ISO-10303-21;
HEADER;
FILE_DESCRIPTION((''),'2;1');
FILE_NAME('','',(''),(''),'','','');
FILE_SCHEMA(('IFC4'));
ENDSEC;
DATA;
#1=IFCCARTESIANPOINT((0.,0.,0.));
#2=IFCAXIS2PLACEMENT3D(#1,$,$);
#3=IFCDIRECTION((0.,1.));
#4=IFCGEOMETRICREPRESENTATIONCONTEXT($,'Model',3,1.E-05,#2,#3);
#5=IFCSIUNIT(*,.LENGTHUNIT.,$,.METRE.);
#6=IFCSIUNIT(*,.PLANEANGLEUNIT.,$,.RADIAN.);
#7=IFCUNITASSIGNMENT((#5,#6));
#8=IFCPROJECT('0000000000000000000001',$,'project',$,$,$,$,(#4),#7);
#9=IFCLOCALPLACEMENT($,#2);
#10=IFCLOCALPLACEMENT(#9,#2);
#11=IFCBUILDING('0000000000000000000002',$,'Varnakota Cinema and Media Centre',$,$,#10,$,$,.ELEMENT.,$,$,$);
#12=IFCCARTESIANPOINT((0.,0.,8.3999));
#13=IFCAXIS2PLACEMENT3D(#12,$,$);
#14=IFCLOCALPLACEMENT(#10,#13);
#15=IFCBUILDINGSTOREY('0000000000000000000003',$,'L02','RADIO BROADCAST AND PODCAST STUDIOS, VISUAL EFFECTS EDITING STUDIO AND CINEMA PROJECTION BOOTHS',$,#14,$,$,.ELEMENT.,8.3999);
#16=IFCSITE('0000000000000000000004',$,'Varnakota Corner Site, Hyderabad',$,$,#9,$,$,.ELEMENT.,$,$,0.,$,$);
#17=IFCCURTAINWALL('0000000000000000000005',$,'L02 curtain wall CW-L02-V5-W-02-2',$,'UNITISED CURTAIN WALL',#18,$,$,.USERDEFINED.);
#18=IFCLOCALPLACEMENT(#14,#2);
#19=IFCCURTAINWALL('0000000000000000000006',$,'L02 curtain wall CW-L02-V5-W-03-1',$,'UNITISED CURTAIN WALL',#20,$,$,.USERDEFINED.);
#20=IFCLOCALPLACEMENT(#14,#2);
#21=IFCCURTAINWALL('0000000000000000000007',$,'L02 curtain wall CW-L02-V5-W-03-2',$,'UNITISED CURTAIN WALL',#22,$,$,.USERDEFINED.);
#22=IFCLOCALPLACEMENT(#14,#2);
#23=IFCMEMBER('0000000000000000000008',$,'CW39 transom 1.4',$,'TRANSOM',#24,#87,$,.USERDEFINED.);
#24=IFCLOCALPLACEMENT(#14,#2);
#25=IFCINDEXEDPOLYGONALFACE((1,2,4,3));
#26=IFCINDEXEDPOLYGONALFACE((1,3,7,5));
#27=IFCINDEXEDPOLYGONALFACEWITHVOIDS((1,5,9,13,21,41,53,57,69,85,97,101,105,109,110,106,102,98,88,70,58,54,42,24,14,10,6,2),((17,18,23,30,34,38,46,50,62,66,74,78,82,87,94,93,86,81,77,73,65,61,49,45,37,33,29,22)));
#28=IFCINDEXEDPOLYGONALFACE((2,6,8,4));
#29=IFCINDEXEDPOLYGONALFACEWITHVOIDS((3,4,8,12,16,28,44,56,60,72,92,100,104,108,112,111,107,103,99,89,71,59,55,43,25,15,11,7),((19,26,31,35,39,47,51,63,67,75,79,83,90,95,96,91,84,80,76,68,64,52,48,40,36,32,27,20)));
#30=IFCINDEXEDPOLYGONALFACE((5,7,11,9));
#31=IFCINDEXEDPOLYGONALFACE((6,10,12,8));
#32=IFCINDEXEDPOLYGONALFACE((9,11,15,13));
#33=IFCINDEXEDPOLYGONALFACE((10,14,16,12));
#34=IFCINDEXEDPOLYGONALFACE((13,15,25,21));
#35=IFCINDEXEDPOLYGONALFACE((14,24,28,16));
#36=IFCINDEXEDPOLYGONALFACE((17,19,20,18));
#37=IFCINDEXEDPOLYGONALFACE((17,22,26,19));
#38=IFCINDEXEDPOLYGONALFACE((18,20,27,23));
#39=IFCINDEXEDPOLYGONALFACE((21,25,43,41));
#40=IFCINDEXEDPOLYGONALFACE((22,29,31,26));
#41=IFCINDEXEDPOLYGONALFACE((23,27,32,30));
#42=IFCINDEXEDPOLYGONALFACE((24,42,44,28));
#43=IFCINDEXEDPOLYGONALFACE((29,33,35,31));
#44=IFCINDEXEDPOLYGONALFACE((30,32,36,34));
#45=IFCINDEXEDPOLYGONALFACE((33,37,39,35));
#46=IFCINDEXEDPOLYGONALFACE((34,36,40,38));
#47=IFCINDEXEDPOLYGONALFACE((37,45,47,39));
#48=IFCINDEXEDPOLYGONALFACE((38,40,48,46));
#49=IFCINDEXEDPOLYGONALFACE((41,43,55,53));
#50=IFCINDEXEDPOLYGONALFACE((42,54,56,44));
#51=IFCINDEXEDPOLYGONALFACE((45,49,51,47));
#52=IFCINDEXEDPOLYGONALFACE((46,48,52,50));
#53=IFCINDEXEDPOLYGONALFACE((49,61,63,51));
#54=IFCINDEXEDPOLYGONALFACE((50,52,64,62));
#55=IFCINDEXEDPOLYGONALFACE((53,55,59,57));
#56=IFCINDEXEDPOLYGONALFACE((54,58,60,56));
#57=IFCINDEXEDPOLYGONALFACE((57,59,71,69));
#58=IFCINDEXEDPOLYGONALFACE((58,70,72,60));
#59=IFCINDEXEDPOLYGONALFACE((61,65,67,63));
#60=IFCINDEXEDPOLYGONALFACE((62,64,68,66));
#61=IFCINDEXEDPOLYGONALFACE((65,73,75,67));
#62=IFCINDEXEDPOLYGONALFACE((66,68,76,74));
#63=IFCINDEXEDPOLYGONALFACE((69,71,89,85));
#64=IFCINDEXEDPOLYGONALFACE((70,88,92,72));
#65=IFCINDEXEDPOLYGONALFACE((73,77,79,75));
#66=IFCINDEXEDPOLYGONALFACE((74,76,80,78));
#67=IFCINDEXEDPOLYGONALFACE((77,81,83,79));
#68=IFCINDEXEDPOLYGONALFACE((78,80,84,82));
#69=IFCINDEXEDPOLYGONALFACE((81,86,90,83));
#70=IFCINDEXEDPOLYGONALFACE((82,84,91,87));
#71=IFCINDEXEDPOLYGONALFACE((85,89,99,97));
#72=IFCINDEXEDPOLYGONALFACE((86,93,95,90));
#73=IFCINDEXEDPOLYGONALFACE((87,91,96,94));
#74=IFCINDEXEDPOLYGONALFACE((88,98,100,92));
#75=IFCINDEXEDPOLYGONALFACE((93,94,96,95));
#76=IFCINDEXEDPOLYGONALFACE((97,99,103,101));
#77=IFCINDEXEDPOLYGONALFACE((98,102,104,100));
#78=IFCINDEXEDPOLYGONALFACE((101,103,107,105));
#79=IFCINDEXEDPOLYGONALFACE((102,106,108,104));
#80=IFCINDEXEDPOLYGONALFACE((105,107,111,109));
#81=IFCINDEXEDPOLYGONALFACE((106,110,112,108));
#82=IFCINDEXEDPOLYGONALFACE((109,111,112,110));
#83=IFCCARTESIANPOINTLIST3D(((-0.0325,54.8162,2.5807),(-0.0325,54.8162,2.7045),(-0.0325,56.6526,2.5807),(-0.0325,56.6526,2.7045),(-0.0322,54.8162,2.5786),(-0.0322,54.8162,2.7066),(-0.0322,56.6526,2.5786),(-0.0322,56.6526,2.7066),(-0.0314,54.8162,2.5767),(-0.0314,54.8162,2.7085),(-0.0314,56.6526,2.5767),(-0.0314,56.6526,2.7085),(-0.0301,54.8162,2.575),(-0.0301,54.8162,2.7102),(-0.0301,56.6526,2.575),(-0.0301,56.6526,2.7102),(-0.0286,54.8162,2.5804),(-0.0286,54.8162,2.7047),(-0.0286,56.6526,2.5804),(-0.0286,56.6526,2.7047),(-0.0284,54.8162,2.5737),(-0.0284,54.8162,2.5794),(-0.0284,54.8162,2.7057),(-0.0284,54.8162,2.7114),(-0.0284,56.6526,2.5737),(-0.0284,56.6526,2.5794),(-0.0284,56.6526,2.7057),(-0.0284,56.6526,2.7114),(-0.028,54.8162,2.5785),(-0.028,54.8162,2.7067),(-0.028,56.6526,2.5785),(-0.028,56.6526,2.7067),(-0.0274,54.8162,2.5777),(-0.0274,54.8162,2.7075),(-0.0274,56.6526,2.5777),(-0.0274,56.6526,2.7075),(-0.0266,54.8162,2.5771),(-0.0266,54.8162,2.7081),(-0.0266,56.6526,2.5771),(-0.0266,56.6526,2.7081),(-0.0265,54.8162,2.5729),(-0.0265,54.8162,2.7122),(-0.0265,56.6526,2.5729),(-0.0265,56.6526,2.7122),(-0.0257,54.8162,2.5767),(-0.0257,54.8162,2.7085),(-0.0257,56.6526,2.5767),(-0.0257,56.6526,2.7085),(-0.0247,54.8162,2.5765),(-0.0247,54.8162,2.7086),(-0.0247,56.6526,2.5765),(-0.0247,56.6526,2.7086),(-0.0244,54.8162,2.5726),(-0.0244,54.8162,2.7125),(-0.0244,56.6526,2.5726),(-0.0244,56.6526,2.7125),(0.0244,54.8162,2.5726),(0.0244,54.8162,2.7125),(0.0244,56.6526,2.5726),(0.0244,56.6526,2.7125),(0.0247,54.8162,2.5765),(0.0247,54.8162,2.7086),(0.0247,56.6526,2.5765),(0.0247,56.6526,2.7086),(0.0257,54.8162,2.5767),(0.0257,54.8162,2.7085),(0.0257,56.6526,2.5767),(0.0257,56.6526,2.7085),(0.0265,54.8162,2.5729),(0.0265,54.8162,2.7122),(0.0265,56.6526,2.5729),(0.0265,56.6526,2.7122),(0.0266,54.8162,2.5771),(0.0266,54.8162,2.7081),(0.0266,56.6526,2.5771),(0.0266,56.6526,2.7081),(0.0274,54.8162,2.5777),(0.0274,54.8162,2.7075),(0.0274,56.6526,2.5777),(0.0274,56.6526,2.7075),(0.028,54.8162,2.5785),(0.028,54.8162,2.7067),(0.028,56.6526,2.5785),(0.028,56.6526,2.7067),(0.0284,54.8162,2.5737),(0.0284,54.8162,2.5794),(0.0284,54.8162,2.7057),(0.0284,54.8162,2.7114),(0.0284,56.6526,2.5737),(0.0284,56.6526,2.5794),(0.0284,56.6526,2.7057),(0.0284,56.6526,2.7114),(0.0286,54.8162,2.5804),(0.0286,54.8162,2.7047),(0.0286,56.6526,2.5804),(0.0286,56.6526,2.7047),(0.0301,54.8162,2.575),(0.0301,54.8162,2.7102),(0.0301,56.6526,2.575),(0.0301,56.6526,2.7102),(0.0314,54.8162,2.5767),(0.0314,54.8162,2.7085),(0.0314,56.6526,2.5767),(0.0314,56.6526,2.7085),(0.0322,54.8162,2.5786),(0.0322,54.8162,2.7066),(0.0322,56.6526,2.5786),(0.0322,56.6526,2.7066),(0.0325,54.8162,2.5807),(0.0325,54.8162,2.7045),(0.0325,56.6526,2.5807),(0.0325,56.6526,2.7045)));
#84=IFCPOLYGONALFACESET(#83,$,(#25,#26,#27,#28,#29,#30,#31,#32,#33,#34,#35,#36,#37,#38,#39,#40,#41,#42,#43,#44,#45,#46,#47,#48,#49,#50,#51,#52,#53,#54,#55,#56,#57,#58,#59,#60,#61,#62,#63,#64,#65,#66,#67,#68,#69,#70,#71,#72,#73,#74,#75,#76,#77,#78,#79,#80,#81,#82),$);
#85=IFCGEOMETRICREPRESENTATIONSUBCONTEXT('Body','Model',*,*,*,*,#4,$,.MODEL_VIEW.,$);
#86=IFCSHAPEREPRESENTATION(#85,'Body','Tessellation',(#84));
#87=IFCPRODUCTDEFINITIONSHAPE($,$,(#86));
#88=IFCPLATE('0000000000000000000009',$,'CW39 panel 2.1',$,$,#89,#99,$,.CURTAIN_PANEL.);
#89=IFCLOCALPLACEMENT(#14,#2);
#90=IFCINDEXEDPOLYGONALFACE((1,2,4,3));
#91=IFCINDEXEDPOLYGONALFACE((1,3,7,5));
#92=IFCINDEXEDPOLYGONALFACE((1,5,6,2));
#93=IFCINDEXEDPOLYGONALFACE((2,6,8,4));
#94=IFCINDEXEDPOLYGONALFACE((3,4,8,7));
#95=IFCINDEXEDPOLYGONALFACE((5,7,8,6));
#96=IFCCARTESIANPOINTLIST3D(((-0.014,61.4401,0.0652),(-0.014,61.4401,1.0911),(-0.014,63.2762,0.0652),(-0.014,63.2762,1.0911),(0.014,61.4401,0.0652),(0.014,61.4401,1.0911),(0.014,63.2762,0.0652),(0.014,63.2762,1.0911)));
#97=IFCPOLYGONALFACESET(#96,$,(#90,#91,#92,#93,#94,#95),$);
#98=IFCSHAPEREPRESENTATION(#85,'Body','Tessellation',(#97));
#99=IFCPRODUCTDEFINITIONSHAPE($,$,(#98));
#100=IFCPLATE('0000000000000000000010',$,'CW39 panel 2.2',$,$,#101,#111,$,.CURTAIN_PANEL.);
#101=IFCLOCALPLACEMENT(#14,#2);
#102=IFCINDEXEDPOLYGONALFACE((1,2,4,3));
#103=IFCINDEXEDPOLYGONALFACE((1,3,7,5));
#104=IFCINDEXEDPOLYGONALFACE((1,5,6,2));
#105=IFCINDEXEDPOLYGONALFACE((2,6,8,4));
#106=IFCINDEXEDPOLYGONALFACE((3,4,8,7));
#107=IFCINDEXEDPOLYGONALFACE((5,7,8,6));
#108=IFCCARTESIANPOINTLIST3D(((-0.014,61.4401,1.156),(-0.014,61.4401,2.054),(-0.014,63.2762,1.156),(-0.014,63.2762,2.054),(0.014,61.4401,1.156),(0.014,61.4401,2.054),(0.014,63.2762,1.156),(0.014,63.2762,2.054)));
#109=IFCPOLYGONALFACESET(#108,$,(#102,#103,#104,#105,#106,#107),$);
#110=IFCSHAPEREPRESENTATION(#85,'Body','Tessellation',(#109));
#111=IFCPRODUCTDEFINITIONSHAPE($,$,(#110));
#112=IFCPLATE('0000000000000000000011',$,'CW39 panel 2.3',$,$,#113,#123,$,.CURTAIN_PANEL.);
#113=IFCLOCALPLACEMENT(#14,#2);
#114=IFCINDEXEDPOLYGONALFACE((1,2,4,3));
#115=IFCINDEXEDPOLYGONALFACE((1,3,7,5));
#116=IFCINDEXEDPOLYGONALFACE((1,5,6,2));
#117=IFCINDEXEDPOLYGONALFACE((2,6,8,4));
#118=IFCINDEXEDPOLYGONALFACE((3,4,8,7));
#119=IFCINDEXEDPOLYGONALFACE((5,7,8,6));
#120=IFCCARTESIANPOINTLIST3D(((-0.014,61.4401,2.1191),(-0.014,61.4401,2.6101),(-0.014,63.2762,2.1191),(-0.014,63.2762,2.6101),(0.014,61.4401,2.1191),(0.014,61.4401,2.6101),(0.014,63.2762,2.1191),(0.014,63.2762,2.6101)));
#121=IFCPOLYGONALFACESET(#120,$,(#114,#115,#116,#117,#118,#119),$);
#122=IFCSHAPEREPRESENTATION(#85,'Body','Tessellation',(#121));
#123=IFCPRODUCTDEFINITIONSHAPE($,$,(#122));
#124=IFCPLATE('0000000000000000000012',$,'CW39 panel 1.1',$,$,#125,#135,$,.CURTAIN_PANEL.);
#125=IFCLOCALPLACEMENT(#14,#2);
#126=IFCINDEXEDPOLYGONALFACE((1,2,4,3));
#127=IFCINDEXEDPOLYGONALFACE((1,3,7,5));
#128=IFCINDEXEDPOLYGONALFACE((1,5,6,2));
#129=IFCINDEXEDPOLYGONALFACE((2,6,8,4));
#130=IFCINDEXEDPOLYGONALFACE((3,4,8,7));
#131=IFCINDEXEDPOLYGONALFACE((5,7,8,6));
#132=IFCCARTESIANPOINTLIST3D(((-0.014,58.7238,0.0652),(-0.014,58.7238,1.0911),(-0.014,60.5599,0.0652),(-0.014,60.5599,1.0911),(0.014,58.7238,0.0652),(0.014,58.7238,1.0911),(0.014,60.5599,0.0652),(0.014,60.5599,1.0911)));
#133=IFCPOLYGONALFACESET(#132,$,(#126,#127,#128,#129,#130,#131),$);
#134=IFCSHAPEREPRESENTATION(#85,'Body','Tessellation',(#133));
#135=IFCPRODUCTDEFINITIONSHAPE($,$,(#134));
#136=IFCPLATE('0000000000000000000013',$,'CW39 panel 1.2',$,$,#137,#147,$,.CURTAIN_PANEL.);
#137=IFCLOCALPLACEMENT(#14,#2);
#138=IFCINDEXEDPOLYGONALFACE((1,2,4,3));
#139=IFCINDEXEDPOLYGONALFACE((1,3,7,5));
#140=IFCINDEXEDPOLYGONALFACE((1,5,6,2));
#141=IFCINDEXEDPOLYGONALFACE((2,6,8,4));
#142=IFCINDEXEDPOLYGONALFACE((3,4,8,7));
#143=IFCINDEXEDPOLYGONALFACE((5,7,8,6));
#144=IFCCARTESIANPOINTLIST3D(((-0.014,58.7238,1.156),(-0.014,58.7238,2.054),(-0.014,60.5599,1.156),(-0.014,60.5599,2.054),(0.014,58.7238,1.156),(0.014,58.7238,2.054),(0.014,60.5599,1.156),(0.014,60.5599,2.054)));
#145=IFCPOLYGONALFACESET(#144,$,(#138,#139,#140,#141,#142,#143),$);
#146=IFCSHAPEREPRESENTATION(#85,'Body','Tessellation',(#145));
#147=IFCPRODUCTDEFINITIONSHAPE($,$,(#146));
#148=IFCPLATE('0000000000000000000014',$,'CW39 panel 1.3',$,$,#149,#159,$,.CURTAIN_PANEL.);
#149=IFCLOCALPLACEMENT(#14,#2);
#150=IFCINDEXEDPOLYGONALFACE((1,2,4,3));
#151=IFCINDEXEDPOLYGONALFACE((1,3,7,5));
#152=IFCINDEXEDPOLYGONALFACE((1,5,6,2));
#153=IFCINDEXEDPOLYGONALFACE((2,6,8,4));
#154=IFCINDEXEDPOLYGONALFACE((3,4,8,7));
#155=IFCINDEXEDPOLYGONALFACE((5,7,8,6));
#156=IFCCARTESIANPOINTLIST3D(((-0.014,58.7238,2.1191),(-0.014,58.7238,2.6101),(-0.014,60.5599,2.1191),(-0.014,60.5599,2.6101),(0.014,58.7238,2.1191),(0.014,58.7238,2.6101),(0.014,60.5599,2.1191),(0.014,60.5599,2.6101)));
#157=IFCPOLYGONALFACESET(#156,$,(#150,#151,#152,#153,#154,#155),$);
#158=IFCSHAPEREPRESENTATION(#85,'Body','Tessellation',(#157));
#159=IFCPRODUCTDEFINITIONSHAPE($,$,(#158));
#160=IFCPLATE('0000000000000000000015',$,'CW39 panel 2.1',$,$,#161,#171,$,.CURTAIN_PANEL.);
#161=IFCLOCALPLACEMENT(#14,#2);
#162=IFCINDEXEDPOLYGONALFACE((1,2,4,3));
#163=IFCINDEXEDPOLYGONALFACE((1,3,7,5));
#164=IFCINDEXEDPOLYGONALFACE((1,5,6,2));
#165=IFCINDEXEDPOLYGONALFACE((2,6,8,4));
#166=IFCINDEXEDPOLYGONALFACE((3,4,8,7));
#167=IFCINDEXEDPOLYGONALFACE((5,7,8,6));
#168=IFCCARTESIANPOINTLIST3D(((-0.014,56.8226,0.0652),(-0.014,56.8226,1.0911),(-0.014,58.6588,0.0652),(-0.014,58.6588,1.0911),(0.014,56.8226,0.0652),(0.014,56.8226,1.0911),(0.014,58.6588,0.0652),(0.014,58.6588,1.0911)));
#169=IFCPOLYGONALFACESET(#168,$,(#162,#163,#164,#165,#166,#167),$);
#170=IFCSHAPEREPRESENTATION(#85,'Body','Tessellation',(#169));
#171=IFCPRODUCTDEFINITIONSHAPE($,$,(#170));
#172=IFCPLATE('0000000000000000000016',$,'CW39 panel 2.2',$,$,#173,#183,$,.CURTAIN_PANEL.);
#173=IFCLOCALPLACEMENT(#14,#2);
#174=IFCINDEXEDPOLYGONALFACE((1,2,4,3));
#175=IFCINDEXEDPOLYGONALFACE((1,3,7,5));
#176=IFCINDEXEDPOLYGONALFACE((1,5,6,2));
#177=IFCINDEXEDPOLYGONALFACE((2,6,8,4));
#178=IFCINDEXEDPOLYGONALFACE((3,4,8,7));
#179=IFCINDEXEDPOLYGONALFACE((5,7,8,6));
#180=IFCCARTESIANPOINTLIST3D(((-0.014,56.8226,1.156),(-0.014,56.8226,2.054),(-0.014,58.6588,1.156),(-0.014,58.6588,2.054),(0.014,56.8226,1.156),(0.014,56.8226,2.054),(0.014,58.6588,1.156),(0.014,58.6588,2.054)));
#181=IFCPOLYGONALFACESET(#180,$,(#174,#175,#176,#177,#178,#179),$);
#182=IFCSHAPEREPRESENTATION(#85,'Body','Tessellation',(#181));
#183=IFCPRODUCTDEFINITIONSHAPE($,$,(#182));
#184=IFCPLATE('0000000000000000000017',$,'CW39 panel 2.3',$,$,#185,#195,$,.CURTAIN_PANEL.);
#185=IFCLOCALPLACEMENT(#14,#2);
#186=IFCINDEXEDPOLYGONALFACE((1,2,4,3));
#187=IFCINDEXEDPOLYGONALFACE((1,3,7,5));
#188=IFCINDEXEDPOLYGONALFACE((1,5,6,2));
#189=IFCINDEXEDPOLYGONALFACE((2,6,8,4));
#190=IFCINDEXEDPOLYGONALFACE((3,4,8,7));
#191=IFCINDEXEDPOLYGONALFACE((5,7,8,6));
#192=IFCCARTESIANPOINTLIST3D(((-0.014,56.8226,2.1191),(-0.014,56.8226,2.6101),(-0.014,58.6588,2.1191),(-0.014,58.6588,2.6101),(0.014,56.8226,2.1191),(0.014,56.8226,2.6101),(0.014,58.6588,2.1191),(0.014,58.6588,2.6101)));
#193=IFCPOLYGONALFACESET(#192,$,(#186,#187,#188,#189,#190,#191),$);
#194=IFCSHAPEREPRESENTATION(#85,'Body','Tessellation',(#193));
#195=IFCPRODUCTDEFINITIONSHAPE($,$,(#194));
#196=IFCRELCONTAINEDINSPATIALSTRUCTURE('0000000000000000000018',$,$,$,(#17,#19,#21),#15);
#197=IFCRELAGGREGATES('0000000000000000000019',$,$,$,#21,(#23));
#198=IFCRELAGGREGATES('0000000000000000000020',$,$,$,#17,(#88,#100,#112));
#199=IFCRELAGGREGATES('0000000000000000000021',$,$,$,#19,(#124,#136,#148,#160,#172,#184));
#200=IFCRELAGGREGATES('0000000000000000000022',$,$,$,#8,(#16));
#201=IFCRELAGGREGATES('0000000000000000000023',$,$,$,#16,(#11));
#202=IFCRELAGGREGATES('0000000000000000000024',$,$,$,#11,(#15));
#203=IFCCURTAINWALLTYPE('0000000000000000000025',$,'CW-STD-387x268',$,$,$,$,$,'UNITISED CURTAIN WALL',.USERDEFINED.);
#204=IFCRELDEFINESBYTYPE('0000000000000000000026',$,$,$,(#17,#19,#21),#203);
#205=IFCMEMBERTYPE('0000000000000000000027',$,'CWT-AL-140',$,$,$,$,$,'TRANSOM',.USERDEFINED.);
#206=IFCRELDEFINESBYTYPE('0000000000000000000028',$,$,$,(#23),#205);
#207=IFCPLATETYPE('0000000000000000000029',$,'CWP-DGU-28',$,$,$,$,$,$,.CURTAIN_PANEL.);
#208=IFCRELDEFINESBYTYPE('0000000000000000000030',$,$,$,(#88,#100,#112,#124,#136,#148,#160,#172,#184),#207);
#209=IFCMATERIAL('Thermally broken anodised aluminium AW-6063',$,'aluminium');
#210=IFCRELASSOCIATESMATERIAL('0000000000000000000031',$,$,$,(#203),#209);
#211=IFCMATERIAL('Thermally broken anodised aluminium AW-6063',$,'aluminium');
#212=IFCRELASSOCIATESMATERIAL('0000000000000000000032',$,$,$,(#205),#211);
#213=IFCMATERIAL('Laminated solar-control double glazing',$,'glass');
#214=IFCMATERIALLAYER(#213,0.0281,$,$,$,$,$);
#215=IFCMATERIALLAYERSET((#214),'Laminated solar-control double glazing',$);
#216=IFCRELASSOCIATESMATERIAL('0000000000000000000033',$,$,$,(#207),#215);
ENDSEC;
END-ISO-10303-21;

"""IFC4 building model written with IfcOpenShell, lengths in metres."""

from ifc_helpers import new_model, si_unit, direction, frame, origin, origin_2d, place, context, subcontext, project, spatial, rectangle, hollow_rectangle, extrude, material, layer, layer_set, material_profile, profile_set, type_object, element, aggregate, save


model = new_model("IFC4")

# Units and contexts
model_context = context("Model", 3, precision=1e-05, world=origin(), true_north=direction((0.0, 1.0)))
body_context = subcontext(model_context, "Body", "Model", "MODEL_VIEW")
ifc_project = project(units=[si_unit("LENGTHUNIT", "METRE"), si_unit("PLANEANGLEUNIT", "RADIAN")], contexts=[model_context])

# Site, building, storey
site_placement = place(None, origin())
site = spatial("IfcSite", under=ifc_project, at=site_placement, Name="Varnakota Corner Site, Hyderabad", CompositionType="ELEMENT", RefElevation=0.0)
building_placement = place(site_placement, origin())
building = spatial("IfcBuilding", under=site, at=building_placement, Name="Varnakota Cinema and Media Centre", CompositionType="ELEMENT")
storey_placement = place(building_placement, frame((0.0, 0.0, 8.3999)))
storey = spatial("IfcBuildingStorey", under=building, at=storey_placement, Name="L02", Description="RADIO BROADCAST AND PODCAST STUDIOS, VISUAL EFFECTS EDITING STUDIO AND CINEMA PROJECTION BOOTHS", CompositionType="ELEMENT", Elevation=8.3999)

# Curtain wall
ifc_material_1 = material(Name="Thermally broken anodised aluminium AW-6063", Category="aluminium")
curtain_wall_type = type_object("IfcCurtainWallType", Name="CW-STD-387x268", ElementType="UNITISED CURTAIN WALL", PredefinedType="USERDEFINED", material=ifc_material_1)
curtain_wall_1_placement = place(storey_placement, origin())
curtain_wall_1 = element("IfcCurtainWall", 1, at=curtain_wall_1_placement, inside=storey, type_object=curtain_wall_type, Name="L02 curtain wall CW-L02-V5-W-02-2", ObjectType="UNITISED CURTAIN WALL", PredefinedType="USERDEFINED")

# Curtain wall
curtain_wall_2_placement = place(storey_placement, origin())
curtain_wall_2 = element("IfcCurtainWall", 2, at=curtain_wall_2_placement, inside=storey, type_object=curtain_wall_type, Name="L02 curtain wall CW-L02-V5-W-03-1", ObjectType="UNITISED CURTAIN WALL", PredefinedType="USERDEFINED")

# Curtain wall
curtain_wall_3_placement = place(storey_placement, origin())
curtain_wall_3 = element("IfcCurtainWall", 3, at=curtain_wall_3_placement, inside=storey, type_object=curtain_wall_type, Name="L02 curtain wall CW-L02-V5-W-03-2", ObjectType="UNITISED CURTAIN WALL", PredefinedType="USERDEFINED")

# Member
ifc_material_2 = material(Name="Thermally broken anodised aluminium AW-6063", Category="aluminium")
ifc_material_profile_1 = material_profile(ifc_material_2, hollow_rectangle(XDim=0.0649, YDim=0.1399, WallThickness=0.0039, InnerFilletRadius=0.0039, OuterFilletRadius=0.0081, at=origin_2d()), Name="AL-TRANSOM 140x65x4")
ifc_profile_set_1 = profile_set([ifc_material_profile_1], Name="Thermally broken anodised aluminium AW-6063")
member_type_1 = type_object("IfcMemberType", Name="CWT-AL-140", ElementType="TRANSOM", PredefinedType="USERDEFINED", material=ifc_profile_set_1)
member_1_placement = place(storey_placement, frame((0.0, 56.6526, 2.6426), z_axis=(0.0, -1.0, 0.0), x_axis=(1.0, 0.0, 0.0)))
member_1 = element("IfcMember", 4, at=member_1_placement, type_object=member_type_1, Name="CW39 transom 1.4", ObjectType="TRANSOM", PredefinedType="USERDEFINED", context=body_context, shape_type="SweptSolid", body=[
    extrude(hollow_rectangle(XDim=0.0649, YDim=0.1399, WallThickness=0.0039, InnerFilletRadius=0.0039, OuterFilletRadius=0.0081, at=origin_2d()), origin(), (0.0, 0.0, 1.0), 1.8364),
])
aggregate(curtain_wall_3, [member_1])

# Plates
ifc_material_3 = material(Name="Laminated solar-control double glazing", Category="glass")
ifc_layer = layer(ifc_material_3, 0.0281)
ifc_layer_set = layer_set([ifc_layer], Name="Laminated solar-control double glazing")
plate_type = type_object("IfcPlateType", Name="CWP-DGU-28", PredefinedType="CURTAIN_PANEL", material=ifc_layer_set)
plate_1_placement = place(storey_placement, frame((0.0, 62.3582, 0.0652), z_axis=(0.0, 0.0, 1.0), x_axis=(0.0, -1.0, 0.0)))
plate_1 = element("IfcPlate", 5, at=plate_1_placement, type_object=plate_type, Name="CW39 panel 2.1", PredefinedType="CURTAIN_PANEL", context=body_context, shape_type="SweptSolid", body=[
    extrude(rectangle(XDim=1.8362, YDim=0.0281, at=origin_2d()), origin(), (0.0, 0.0, 1.0), 1.0259),
])
plate_2_placement = place(storey_placement, frame((0.0, 62.3582, 1.156), z_axis=(0.0, 0.0, 1.0), x_axis=(0.0, -1.0, 0.0)))
plate_2 = element("IfcPlate", 6, at=plate_2_placement, type_object=plate_type, Name="CW39 panel 2.2", PredefinedType="CURTAIN_PANEL", context=body_context, shape_type="SweptSolid", body=[
    extrude(rectangle(XDim=1.8362, YDim=0.0281, at=origin_2d()), origin(), (0.0, 0.0, 1.0), 0.8979),
])
plate_3_placement = place(storey_placement, frame((0.0, 62.3582, 2.1191), z_axis=(0.0, 0.0, 1.0), x_axis=(0.0, -1.0, 0.0)))
plate_3 = element("IfcPlate", 7, at=plate_3_placement, type_object=plate_type, Name="CW39 panel 2.3", PredefinedType="CURTAIN_PANEL", context=body_context, shape_type="SweptSolid", body=[
    extrude(rectangle(XDim=1.8362, YDim=0.0281, at=origin_2d()), origin(), (0.0, 0.0, 1.0), 0.491),
])
aggregate(curtain_wall_1, [plate_1, plate_2, plate_3])
plate_4_placement = place(storey_placement, frame((0.0, 59.6418, 0.0652), z_axis=(0.0, 0.0, 1.0), x_axis=(0.0, -1.0, 0.0)))
plate_4 = element("IfcPlate", 8, at=plate_4_placement, type_object=plate_type, Name="CW39 panel 1.1", PredefinedType="CURTAIN_PANEL", context=body_context, shape_type="SweptSolid", body=[
    extrude(rectangle(XDim=1.8362, YDim=0.0281, at=origin_2d()), origin(), (0.0, 0.0, 1.0), 1.0259),
])
plate_5_placement = place(storey_placement, frame((0.0, 59.6418, 1.156), z_axis=(0.0, 0.0, 1.0), x_axis=(0.0, -1.0, 0.0)))
plate_5 = element("IfcPlate", 9, at=plate_5_placement, type_object=plate_type, Name="CW39 panel 1.2", PredefinedType="CURTAIN_PANEL", context=body_context, shape_type="SweptSolid", body=[
    extrude(rectangle(XDim=1.8362, YDim=0.0281, at=origin_2d()), origin(), (0.0, 0.0, 1.0), 0.8979),
])
plate_6_placement = place(storey_placement, frame((0.0, 59.6418, 2.1191), z_axis=(0.0, 0.0, 1.0), x_axis=(0.0, -1.0, 0.0)))
plate_6 = element("IfcPlate", 10, at=plate_6_placement, type_object=plate_type, Name="CW39 panel 1.3", PredefinedType="CURTAIN_PANEL", context=body_context, shape_type="SweptSolid", body=[
    extrude(rectangle(XDim=1.8362, YDim=0.0281, at=origin_2d()), origin(), (0.0, 0.0, 1.0), 0.491),
])
plate_7_placement = place(storey_placement, frame((0.0, 57.7407, 0.0652), z_axis=(0.0, 0.0, 1.0), x_axis=(0.0, -1.0, 0.0)))
plate_7 = element("IfcPlate", 11, at=plate_7_placement, type_object=plate_type, Name="CW39 panel 2.1", PredefinedType="CURTAIN_PANEL", context=body_context, shape_type="SweptSolid", body=[
    extrude(rectangle(XDim=1.8362, YDim=0.0281, at=origin_2d()), origin(), (0.0, 0.0, 1.0), 1.0259),
])
plate_8_placement = place(storey_placement, frame((0.0, 57.7407, 1.156), z_axis=(0.0, 0.0, 1.0), x_axis=(0.0, -1.0, 0.0)))
plate_8 = element("IfcPlate", 12, at=plate_8_placement, type_object=plate_type, Name="CW39 panel 2.2", PredefinedType="CURTAIN_PANEL", context=body_context, shape_type="SweptSolid", body=[
    extrude(rectangle(XDim=1.8362, YDim=0.0281, at=origin_2d()), origin(), (0.0, 0.0, 1.0), 0.8979),
])
plate_9_placement = place(storey_placement, frame((0.0, 57.7407, 2.1191), z_axis=(0.0, 0.0, 1.0), x_axis=(0.0, -1.0, 0.0)))
plate_9 = element("IfcPlate", 13, at=plate_9_placement, type_object=plate_type, Name="CW39 panel 2.3", PredefinedType="CURTAIN_PANEL", context=body_context, shape_type="SweptSolid", body=[
    extrude(rectangle(XDim=1.8362, YDim=0.0281, at=origin_2d()), origin(), (0.0, 0.0, 1.0), 0.491),
])
aggregate(curtain_wall_2, [plate_4, plate_5, plate_6, plate_7, plate_8, plate_9])

save(model, "model.ifc")
